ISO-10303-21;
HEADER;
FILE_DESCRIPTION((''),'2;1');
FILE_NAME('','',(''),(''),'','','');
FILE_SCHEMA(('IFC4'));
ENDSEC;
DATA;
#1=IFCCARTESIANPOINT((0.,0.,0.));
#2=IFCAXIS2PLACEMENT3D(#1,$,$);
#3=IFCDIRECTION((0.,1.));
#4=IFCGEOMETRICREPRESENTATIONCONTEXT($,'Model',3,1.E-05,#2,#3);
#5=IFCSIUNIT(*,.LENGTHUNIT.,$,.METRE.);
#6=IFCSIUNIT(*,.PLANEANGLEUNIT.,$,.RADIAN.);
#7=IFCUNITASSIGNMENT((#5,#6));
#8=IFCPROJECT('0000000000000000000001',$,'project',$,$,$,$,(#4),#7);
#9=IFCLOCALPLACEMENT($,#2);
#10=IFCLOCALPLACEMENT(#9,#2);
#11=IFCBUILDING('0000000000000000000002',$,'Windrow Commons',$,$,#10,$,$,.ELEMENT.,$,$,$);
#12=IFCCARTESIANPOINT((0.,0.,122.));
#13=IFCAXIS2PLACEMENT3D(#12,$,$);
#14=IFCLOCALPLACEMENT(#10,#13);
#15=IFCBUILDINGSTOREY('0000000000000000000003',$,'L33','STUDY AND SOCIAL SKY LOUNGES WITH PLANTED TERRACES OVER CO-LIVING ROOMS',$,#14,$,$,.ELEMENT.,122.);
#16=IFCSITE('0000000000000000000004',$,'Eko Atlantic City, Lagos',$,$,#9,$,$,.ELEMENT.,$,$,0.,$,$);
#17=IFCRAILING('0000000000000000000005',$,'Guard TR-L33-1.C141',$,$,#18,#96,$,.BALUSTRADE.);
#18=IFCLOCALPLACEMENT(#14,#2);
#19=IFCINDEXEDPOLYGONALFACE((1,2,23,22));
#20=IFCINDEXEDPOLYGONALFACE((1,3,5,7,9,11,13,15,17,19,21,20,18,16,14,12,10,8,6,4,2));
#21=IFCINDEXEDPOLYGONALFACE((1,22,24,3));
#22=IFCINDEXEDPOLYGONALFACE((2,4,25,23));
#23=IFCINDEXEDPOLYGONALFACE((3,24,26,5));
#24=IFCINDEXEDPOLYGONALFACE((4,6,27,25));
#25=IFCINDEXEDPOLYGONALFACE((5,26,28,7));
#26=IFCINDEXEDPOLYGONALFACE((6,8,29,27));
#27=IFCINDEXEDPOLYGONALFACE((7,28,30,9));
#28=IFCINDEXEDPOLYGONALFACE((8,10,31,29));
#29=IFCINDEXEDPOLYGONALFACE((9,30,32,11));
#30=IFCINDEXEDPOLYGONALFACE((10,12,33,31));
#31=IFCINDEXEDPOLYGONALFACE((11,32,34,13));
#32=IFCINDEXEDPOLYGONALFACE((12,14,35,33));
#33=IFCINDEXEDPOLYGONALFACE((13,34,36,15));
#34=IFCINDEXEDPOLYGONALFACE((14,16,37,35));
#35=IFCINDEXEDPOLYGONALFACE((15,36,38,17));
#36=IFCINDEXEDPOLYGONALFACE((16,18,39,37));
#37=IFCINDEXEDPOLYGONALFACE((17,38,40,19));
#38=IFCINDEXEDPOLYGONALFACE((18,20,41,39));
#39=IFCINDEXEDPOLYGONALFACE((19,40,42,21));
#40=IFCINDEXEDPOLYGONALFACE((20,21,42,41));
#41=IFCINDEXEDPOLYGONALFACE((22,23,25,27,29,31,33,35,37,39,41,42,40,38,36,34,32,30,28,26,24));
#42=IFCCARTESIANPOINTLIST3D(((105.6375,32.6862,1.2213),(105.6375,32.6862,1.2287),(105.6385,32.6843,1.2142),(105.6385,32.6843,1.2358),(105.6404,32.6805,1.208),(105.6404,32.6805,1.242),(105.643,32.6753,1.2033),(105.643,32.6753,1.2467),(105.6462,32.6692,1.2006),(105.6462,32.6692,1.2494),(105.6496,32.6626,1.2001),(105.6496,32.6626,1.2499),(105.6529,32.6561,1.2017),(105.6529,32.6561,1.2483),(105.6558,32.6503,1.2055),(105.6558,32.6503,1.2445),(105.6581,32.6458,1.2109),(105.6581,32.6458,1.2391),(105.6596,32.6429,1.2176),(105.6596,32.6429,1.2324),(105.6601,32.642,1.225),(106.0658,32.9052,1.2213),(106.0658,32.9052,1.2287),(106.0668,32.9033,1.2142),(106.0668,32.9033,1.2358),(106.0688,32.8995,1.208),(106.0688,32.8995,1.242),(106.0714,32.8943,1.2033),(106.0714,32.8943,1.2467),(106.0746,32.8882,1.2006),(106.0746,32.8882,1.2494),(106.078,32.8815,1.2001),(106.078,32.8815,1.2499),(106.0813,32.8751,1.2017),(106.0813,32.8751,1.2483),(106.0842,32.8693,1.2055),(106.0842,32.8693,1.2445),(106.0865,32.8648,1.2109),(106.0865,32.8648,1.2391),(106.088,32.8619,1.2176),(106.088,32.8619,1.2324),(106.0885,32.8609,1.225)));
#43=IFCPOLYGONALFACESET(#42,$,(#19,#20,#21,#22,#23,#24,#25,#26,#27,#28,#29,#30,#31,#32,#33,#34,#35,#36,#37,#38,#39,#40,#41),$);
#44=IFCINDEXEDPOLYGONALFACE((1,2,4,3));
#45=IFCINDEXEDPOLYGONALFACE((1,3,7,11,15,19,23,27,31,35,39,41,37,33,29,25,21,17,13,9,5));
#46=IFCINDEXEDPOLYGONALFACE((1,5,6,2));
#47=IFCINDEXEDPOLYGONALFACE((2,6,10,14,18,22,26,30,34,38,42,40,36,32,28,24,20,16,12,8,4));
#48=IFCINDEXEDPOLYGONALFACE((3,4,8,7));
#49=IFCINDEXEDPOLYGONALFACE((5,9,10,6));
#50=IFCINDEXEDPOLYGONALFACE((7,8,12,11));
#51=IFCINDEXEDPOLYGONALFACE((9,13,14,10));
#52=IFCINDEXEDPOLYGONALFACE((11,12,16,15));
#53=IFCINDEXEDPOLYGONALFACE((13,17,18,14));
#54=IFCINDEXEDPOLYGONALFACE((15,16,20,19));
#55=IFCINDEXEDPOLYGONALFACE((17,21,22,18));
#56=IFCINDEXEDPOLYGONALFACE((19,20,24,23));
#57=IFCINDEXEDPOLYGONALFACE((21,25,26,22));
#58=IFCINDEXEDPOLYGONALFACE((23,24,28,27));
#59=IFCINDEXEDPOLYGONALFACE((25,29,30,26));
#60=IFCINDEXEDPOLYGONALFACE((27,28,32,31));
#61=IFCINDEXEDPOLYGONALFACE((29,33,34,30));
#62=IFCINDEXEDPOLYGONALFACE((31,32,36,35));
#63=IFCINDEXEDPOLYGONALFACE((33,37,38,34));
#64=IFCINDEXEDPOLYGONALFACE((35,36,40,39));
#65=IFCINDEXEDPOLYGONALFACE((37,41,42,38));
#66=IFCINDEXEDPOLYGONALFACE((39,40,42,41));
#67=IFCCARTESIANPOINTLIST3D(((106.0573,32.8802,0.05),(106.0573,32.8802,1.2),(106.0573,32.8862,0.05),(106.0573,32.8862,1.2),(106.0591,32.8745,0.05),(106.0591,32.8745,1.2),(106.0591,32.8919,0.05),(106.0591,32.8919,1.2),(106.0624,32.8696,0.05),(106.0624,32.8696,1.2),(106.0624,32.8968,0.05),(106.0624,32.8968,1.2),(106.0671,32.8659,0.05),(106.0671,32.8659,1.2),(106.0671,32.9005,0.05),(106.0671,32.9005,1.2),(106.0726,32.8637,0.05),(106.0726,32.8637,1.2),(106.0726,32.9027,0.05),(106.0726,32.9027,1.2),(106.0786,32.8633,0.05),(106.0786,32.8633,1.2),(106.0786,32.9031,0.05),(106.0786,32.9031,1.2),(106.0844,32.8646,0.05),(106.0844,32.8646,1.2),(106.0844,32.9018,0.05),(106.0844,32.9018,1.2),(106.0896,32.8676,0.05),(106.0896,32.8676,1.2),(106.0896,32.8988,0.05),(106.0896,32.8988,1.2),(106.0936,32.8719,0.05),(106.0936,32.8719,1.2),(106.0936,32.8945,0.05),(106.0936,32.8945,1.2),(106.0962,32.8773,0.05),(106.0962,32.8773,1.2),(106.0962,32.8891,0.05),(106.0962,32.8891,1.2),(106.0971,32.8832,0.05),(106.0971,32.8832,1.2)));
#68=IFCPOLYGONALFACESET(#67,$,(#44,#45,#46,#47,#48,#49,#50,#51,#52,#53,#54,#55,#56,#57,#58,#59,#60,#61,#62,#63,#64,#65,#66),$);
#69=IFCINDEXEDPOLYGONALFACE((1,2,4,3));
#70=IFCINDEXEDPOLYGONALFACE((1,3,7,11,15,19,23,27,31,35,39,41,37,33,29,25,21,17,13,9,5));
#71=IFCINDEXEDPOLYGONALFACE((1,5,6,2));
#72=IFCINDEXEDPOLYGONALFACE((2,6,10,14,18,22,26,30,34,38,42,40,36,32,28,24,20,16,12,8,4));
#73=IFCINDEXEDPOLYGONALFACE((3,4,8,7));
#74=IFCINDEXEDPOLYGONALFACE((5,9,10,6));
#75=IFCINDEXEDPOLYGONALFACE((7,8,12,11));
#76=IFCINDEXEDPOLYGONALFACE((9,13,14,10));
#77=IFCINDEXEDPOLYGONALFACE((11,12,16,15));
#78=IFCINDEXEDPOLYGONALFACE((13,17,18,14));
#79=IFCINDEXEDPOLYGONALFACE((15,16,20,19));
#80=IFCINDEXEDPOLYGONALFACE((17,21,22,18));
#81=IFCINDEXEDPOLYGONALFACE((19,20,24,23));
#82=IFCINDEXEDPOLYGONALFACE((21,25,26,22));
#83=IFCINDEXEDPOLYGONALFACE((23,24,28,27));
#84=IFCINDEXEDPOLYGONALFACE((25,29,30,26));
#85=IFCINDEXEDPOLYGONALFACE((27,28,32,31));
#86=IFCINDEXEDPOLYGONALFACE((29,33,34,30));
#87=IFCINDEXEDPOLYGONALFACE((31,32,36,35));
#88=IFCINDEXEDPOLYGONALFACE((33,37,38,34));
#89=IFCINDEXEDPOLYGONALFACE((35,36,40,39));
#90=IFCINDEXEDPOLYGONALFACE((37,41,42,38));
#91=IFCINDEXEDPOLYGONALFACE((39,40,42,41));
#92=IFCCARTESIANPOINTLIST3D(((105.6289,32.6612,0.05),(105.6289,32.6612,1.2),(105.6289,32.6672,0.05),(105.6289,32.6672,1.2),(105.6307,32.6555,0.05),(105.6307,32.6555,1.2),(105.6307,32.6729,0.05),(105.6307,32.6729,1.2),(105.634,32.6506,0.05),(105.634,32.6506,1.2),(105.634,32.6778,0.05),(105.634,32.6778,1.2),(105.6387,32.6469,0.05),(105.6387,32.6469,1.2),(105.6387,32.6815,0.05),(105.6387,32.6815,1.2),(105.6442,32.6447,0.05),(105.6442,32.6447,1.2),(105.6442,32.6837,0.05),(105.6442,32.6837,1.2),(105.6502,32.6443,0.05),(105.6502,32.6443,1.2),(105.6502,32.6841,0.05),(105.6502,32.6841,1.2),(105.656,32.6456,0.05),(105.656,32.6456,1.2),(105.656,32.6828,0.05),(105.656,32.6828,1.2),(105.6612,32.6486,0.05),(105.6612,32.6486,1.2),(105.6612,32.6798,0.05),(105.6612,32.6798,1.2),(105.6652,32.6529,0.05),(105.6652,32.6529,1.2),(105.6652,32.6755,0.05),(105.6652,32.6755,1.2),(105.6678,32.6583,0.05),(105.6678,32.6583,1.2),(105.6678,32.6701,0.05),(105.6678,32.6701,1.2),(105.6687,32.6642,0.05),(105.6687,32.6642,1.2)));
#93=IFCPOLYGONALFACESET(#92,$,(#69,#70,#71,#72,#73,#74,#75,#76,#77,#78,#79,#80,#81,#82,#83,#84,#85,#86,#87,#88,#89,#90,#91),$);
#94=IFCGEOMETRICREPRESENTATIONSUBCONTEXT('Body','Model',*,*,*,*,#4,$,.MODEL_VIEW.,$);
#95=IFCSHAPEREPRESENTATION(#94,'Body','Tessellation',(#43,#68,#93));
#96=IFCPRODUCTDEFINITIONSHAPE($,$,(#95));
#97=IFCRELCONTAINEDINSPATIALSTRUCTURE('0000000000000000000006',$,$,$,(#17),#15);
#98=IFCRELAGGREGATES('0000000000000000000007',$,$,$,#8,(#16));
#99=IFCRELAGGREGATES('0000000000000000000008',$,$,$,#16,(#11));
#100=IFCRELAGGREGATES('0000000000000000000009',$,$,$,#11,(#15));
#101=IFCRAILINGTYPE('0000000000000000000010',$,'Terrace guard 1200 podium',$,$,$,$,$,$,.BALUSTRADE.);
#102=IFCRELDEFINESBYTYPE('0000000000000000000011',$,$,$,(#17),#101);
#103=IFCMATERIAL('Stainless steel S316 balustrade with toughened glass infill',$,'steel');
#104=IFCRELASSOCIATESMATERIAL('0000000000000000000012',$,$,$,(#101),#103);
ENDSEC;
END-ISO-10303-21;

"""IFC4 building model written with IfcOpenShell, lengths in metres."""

from ifc_helpers import new_model, si_unit, direction, frame, origin, origin_2d, place, context, subcontext, project, spatial, circle, extrude, material, type_object, element, save


model = new_model("IFC4")

# Units and contexts
model_context = context("Model", 3, precision=1e-05, world=origin(), true_north=direction((0.0, 1.0)))
body_context = subcontext(model_context, "Body", "Model", "MODEL_VIEW")
ifc_project = project(units=[si_unit("LENGTHUNIT", "METRE"), si_unit("PLANEANGLEUNIT", "RADIAN")], contexts=[model_context])

# Site, building, storey
site_placement = place(None, origin())
site = spatial("IfcSite", under=ifc_project, at=site_placement, Name="Eko Atlantic City, Lagos", CompositionType="ELEMENT", RefElevation=0.0)
building_placement = place(site_placement, origin())
building = spatial("IfcBuilding", under=site, at=building_placement, Name="Windrow Commons", CompositionType="ELEMENT")
storey_placement = place(building_placement, frame((0.0, 0.0, 122.0)))
storey = spatial("IfcBuildingStorey", under=building, at=storey_placement, Name="L33", Description="STUDY AND SOCIAL SKY LOUNGES WITH PLANTED TERRACES OVER CO-LIVING ROOMS", CompositionType="ELEMENT", Elevation=122.0)

# Railing
ifc_material_1 = material(Name="Stainless steel S316 balustrade with toughened glass infill", Category="steel")
railing_type = type_object("IfcRailingType", Name="Terrace guard 1200 podium", PredefinedType="BALUSTRADE", material=ifc_material_1)
railing_1_placement = place(storey_placement, frame((106.0771, 32.8832, 0.05)))
element("IfcRailing", 1, at=railing_1_placement, inside=storey, type_object=railing_type, Name="Guard TR-L33-1.C141", PredefinedType="BALUSTRADE", context=body_context, shape_type="SweptSolid", body=[
    extrude(circle(Radius=0.025, at=origin_2d()), frame((0.0, 0.0, 1.175), z_axis=(-0.890401, -0.455177, 0.0), x_axis=(0.455177, -0.890401, 0.0)), (0.0, 0.0, 1.0), 0.4811),
    extrude(circle(Radius=0.02, at=origin_2d()), origin(), (0.0, 0.0, 1.0), 1.15),
    extrude(circle(Radius=0.02, at=origin_2d()), frame((-0.4284, -0.219, 0.0)), (0.0, 0.0, 1.0), 1.15),
])

save(model, "model.ifc")
